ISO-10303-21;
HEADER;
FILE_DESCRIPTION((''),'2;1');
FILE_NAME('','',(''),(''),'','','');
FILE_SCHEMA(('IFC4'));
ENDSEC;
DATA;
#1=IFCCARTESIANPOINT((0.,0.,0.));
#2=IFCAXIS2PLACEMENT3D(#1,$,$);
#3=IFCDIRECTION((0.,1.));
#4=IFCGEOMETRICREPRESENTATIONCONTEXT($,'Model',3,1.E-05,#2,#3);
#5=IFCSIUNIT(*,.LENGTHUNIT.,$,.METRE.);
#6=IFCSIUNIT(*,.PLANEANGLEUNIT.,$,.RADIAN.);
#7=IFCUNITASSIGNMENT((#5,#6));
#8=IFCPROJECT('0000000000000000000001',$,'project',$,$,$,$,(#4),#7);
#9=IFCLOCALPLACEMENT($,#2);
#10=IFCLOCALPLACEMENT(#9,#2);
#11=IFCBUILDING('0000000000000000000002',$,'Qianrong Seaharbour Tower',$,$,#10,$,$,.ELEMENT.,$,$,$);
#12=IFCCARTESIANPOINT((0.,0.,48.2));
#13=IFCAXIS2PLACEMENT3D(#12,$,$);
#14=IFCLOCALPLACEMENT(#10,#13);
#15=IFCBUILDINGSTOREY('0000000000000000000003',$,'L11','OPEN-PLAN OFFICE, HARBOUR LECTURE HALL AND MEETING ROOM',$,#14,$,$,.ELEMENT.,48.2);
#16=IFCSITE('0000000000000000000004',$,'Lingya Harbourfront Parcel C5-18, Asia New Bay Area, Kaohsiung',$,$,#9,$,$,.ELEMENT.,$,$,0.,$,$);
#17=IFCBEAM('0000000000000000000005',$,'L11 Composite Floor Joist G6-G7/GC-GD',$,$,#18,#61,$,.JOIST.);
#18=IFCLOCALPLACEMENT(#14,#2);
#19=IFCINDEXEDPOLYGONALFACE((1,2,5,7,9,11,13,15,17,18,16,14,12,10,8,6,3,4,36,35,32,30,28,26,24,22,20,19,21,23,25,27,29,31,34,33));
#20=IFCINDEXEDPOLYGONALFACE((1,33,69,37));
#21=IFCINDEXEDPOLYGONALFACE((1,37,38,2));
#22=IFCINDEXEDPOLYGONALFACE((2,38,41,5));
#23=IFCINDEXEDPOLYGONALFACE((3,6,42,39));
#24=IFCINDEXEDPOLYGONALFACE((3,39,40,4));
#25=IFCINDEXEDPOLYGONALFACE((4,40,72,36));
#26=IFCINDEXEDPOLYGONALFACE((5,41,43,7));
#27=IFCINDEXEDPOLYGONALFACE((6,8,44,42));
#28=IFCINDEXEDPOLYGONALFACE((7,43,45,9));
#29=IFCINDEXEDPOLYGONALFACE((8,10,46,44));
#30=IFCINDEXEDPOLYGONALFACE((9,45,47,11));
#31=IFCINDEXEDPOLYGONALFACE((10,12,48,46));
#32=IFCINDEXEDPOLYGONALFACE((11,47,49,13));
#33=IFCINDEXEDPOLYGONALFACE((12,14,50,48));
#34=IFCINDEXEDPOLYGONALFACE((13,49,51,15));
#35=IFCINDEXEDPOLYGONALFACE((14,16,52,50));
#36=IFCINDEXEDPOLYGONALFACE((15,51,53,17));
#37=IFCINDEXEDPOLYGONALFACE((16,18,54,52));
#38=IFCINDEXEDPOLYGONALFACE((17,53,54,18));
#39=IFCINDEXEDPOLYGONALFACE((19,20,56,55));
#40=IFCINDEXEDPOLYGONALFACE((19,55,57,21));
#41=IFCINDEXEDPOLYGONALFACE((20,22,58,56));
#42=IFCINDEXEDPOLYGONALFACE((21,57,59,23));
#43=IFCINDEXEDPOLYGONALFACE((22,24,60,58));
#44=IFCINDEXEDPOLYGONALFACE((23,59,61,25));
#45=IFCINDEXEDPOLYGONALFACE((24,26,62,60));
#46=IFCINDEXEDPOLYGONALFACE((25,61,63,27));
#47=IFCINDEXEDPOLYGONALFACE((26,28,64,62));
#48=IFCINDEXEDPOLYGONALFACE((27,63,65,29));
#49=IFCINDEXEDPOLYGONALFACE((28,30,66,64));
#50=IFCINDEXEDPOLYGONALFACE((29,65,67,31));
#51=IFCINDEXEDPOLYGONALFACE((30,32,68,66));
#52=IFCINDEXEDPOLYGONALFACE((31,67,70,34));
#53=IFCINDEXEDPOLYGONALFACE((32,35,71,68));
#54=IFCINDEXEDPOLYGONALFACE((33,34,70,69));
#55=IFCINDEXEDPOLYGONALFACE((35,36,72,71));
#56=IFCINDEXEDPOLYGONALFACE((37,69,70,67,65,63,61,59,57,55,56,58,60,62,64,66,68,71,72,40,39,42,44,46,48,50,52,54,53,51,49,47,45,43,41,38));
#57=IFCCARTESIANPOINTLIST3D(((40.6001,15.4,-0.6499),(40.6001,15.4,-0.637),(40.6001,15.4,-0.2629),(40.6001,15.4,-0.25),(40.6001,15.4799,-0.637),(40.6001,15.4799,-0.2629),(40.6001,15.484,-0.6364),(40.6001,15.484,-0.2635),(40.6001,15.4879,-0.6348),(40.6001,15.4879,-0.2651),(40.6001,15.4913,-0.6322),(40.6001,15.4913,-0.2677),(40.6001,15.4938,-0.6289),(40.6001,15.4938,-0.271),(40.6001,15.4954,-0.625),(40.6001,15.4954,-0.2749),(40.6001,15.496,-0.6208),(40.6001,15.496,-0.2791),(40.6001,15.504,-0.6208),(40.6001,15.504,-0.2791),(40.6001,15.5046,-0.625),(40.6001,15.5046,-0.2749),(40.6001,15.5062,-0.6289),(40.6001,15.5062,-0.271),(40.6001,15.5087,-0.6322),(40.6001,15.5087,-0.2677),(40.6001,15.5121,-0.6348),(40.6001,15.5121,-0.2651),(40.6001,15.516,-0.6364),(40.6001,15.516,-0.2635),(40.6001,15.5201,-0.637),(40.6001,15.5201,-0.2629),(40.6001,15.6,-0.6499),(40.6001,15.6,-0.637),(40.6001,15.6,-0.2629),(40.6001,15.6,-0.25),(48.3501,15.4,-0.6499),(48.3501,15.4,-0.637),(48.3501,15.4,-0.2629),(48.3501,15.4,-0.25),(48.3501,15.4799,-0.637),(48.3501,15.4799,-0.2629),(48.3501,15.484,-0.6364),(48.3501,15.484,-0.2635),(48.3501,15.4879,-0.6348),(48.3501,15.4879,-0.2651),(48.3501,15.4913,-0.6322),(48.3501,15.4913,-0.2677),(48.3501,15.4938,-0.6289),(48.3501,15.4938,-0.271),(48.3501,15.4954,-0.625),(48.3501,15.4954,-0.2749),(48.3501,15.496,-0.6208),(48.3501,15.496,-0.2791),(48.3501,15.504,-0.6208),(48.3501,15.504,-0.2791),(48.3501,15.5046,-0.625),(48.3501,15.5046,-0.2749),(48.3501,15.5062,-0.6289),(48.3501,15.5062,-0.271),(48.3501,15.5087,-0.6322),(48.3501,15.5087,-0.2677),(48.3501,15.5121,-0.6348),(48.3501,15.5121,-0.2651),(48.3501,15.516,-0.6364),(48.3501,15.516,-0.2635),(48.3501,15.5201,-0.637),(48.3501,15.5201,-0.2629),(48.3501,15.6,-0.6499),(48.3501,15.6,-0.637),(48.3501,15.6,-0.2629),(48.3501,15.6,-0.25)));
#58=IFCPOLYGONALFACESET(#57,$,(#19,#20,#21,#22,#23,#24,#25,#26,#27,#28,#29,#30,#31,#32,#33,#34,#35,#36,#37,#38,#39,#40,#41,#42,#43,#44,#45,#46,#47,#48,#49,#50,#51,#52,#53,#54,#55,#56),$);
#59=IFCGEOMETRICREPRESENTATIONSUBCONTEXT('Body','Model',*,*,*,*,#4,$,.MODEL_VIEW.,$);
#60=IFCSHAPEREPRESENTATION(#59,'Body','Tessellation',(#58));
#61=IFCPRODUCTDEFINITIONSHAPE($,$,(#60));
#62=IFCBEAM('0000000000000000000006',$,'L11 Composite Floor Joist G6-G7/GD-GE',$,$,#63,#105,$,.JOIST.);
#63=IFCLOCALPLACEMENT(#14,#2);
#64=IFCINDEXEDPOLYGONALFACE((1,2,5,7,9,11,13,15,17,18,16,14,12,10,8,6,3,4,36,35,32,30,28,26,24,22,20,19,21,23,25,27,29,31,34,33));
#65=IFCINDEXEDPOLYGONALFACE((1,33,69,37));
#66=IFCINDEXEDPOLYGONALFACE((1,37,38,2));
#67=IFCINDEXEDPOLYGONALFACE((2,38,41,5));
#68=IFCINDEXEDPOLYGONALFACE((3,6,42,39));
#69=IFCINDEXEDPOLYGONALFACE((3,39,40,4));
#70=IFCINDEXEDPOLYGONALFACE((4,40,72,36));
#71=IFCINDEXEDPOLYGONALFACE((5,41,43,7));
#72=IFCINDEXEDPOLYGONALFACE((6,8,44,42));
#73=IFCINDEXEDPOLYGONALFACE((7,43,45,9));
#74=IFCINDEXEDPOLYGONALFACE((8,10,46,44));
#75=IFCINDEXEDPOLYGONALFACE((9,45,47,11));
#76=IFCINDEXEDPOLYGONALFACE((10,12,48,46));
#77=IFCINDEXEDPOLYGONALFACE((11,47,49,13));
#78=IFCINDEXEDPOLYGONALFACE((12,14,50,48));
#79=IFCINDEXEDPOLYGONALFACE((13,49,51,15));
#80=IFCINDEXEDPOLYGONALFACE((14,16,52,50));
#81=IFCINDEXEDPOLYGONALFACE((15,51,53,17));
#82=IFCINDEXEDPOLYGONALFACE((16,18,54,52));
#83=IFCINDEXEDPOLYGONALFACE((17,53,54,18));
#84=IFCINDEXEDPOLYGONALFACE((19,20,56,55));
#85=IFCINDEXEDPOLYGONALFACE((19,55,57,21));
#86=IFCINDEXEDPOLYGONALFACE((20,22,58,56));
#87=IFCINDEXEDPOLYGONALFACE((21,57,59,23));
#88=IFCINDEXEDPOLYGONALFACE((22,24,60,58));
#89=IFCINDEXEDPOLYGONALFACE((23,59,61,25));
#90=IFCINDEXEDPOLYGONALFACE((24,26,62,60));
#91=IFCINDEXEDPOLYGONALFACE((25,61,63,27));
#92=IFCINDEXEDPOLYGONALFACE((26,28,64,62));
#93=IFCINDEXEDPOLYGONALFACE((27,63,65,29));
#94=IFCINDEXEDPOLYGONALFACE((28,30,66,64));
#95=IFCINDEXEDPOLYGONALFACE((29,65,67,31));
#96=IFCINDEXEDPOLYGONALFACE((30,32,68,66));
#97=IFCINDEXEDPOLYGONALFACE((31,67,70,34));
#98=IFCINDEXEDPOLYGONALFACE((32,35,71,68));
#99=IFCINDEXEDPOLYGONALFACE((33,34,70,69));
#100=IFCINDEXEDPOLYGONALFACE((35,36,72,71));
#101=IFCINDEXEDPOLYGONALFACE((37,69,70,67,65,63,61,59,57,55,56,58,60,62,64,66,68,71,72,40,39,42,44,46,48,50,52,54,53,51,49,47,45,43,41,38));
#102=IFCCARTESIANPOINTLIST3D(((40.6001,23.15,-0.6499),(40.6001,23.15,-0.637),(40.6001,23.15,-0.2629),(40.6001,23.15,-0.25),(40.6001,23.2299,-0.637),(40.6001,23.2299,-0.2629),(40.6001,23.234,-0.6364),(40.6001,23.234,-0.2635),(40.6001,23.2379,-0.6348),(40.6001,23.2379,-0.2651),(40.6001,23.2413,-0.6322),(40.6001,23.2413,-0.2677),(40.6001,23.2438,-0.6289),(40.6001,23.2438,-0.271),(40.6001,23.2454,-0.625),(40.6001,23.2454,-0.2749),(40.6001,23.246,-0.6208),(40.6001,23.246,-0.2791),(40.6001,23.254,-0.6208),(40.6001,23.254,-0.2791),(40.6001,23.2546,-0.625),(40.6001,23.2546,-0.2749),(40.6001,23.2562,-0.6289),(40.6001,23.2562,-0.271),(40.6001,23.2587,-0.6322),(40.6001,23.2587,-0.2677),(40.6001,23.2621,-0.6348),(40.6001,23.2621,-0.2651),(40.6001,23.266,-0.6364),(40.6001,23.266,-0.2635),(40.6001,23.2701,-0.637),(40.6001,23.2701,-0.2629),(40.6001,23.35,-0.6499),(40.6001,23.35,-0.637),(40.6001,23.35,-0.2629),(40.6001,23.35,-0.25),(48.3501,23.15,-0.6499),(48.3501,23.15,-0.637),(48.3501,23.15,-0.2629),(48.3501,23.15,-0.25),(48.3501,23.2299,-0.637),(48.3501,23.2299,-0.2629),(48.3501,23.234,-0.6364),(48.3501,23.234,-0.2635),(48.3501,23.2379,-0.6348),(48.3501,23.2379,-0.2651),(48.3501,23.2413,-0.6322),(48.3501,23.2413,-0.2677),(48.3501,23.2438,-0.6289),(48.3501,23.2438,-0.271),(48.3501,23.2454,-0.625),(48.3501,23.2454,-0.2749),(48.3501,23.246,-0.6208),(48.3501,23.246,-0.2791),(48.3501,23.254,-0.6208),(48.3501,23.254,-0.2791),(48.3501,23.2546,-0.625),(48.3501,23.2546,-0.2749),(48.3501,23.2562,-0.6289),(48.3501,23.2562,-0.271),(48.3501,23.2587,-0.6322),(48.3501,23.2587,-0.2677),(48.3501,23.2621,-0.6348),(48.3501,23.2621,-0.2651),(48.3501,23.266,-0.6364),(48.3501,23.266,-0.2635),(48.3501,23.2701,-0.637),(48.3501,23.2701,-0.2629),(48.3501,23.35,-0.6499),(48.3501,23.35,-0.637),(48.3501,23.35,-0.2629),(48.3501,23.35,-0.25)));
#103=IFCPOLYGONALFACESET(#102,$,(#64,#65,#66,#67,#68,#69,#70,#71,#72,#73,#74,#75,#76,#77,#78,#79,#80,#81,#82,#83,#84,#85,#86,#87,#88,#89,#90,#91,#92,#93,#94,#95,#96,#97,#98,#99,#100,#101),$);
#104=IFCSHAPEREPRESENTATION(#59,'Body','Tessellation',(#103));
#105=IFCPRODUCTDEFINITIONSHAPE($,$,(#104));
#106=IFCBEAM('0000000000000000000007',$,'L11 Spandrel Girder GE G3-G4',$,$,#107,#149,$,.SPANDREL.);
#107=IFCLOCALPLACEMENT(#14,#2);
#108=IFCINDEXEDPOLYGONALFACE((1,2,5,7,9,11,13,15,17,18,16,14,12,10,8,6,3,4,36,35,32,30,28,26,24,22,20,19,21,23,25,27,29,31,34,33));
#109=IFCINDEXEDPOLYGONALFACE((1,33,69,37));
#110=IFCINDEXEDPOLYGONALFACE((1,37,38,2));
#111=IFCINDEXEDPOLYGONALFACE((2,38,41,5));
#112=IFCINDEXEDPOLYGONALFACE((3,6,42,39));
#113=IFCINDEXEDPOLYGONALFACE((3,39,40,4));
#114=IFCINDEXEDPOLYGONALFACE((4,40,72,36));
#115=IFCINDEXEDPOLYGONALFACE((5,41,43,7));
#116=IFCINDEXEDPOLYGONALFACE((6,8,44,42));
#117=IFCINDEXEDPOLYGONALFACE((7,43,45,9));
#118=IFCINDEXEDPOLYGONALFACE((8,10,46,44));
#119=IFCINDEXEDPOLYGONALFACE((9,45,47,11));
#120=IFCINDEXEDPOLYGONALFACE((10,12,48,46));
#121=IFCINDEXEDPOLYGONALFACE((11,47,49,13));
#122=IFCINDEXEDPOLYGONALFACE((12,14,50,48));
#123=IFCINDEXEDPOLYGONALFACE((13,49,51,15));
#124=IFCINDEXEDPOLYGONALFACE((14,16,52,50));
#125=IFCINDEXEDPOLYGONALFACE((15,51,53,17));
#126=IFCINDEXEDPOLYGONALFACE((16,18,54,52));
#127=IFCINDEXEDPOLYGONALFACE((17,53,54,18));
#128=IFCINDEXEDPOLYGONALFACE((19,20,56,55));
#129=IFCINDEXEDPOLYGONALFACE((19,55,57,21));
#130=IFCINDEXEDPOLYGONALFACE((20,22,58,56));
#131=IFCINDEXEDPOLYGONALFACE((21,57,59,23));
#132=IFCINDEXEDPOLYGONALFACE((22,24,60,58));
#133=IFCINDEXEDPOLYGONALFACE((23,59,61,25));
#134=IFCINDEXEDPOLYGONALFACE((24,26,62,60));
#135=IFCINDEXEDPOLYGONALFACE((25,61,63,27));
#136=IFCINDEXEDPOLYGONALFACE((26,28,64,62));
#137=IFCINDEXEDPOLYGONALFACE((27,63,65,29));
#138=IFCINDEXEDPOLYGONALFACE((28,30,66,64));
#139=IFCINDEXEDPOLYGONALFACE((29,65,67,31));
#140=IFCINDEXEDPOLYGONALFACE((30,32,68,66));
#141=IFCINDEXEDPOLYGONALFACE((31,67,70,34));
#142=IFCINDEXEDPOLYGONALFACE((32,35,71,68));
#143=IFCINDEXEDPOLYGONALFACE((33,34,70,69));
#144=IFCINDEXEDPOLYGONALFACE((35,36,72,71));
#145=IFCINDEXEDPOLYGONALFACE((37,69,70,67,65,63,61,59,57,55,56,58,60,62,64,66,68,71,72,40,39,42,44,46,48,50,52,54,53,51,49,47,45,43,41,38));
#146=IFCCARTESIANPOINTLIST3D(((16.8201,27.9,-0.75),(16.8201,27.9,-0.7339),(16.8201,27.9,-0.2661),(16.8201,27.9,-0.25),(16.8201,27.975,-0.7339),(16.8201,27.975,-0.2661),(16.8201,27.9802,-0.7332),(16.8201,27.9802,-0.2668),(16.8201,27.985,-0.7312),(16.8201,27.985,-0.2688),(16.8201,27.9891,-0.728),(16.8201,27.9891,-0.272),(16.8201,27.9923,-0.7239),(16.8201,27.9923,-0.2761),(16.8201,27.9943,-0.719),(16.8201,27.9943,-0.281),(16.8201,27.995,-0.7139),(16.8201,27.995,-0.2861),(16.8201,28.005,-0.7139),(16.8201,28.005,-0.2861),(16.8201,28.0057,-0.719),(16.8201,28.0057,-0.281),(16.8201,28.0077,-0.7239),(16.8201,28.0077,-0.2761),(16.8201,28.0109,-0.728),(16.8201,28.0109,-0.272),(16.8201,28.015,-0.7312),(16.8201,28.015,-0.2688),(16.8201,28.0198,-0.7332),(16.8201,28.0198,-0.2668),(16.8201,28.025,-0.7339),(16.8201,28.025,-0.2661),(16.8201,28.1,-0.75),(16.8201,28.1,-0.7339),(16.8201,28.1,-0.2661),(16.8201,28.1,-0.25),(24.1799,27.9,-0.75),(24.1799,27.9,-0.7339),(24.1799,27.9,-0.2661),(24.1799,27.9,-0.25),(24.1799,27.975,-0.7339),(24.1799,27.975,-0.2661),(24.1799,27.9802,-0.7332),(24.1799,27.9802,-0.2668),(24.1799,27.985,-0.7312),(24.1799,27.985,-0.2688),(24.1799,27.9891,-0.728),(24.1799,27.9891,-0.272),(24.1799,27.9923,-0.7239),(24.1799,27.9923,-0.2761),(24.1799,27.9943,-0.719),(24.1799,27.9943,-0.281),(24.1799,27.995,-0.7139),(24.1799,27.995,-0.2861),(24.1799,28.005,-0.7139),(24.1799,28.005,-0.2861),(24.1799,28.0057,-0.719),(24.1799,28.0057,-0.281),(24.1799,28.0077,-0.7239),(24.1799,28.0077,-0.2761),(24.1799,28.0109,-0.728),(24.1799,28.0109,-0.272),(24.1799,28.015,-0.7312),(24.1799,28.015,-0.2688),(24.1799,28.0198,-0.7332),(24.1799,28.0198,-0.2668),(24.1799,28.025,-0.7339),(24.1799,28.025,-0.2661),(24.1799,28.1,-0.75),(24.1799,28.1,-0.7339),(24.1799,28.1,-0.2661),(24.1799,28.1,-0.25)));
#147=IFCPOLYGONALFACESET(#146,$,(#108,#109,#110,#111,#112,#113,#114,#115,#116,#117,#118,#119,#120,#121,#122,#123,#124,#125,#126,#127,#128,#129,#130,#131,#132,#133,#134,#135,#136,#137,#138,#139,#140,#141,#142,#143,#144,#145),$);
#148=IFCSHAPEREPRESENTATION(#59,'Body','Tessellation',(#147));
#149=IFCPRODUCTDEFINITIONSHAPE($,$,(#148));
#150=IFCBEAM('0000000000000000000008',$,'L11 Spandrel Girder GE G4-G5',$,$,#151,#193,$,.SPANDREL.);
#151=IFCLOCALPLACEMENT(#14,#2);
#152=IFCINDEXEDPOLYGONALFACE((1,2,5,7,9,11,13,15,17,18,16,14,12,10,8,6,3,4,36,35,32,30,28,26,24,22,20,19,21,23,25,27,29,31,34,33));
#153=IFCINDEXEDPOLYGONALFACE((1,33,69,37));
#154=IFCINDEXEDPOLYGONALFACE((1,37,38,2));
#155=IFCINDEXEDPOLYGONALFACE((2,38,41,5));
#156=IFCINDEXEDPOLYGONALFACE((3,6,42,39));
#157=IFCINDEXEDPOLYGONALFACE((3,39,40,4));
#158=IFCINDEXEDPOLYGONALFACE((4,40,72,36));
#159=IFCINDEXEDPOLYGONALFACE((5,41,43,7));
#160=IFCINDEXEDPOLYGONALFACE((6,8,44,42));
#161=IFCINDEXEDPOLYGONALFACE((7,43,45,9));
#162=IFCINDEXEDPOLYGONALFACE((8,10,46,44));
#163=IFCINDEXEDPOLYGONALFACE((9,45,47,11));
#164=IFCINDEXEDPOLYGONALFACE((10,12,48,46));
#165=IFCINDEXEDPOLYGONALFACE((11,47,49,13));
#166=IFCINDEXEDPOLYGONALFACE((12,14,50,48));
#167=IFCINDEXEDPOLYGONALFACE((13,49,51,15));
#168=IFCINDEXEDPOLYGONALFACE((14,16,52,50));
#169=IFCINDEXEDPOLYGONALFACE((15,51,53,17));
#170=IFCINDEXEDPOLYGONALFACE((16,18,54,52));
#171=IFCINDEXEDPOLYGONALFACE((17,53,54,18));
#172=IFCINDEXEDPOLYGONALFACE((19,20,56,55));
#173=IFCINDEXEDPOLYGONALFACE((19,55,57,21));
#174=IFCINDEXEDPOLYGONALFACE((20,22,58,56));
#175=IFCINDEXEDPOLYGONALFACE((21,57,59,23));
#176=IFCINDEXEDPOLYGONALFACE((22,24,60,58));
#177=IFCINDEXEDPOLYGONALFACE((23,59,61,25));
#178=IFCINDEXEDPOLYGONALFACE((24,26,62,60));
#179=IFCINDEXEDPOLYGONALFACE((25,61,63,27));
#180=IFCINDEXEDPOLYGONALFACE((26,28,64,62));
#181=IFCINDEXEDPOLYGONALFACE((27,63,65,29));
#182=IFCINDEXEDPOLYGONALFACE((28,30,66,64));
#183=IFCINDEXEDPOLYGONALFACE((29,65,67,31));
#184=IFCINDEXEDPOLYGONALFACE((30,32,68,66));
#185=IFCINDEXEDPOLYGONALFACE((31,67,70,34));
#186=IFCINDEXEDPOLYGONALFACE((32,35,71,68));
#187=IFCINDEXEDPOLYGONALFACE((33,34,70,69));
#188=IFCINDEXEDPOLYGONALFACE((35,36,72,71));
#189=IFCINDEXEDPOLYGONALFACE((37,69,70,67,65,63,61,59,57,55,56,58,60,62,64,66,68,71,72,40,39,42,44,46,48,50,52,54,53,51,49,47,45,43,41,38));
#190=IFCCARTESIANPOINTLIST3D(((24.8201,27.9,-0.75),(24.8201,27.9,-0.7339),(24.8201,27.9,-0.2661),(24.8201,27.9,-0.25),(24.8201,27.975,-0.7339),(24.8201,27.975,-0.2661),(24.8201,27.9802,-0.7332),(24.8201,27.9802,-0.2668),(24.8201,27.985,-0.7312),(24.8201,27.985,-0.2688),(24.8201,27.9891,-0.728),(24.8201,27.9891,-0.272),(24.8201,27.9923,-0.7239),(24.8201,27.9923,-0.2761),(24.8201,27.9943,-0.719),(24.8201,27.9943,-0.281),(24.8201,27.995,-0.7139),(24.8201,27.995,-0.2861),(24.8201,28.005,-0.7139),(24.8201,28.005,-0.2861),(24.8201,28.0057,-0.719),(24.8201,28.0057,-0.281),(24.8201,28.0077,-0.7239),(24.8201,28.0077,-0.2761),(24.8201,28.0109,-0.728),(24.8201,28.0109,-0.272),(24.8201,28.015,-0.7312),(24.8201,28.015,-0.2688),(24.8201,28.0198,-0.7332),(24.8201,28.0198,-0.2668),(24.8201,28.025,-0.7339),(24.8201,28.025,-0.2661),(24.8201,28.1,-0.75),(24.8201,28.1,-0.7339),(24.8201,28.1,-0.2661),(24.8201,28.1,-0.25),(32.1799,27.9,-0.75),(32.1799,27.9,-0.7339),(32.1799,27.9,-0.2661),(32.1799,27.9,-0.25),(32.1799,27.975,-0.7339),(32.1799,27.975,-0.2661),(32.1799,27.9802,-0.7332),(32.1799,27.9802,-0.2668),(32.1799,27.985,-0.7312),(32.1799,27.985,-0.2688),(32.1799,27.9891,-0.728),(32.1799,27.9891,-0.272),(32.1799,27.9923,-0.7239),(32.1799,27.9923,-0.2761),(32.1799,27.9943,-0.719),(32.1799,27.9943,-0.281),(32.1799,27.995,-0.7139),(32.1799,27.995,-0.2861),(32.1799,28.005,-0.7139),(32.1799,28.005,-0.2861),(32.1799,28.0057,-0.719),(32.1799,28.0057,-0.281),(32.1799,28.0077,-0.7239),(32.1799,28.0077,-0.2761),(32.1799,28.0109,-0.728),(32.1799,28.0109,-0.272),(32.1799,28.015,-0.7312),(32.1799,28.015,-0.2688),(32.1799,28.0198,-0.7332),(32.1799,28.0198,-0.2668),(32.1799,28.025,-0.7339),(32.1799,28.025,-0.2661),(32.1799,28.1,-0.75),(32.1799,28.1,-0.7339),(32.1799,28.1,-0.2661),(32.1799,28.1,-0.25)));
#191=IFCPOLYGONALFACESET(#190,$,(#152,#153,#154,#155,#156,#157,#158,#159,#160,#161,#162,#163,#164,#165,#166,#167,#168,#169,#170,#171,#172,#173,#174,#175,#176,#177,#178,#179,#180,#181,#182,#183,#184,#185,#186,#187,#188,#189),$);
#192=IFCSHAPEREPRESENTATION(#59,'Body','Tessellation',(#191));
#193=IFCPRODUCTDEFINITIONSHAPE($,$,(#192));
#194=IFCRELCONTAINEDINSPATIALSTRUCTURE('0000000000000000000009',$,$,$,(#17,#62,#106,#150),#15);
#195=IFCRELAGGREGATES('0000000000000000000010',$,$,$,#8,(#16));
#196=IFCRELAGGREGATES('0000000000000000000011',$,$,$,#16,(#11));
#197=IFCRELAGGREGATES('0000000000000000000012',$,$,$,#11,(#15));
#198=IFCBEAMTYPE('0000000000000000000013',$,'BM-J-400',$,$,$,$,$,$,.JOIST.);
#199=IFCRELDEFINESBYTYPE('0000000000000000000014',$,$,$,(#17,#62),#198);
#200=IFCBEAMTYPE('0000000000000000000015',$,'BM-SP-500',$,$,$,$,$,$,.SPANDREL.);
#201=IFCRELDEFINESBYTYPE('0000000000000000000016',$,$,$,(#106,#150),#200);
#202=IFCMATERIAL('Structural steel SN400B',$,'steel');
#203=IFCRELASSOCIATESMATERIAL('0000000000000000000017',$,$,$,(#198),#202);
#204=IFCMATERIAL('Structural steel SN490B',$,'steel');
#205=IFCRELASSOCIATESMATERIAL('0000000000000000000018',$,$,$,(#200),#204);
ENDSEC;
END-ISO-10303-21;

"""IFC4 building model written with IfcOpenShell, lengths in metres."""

from ifc_helpers import new_model, si_unit, direction, frame, origin, origin_2d, place, context, subcontext, project, spatial, i_section, extrude, material, material_profile, profile_set, type_object, element, save


model = new_model("IFC4")

# Units and contexts
model_context = context("Model", 3, precision=1e-05, world=origin(), true_north=direction((0.0, 1.0)))
body_context = subcontext(model_context, "Body", "Model", "MODEL_VIEW")
ifc_project = project(units=[si_unit("LENGTHUNIT", "METRE"), si_unit("PLANEANGLEUNIT", "RADIAN")], contexts=[model_context])

# Site, building, storey
site_placement = place(None, origin())
site = spatial("IfcSite", under=ifc_project, at=site_placement, Name="Lingya Harbourfront Parcel C5-18, Asia New Bay Area, Kaohsiung", CompositionType="ELEMENT", RefElevation=0.0)
building_placement = place(site_placement, origin())
building = spatial("IfcBuilding", under=site, at=building_placement, Name="Qianrong Seaharbour Tower", CompositionType="ELEMENT")
storey_placement = place(building_placement, frame((0.0, 0.0, 48.2)))
storey = spatial("IfcBuildingStorey", under=building, at=storey_placement, Name="L11", Description="OPEN-PLAN OFFICE, HARBOUR LECTURE HALL AND MEETING ROOM", CompositionType="ELEMENT", Elevation=48.2)

# Shared definitions
ifc_material_1 = material(Name="Structural steel SN490B", Category="steel")

# Beams
ifc_material_2 = material(Name="Structural steel SN400B", Category="steel")
ifc_material_profile_1 = material_profile(ifc_material_2, i_section(OverallWidth=0.2, OverallDepth=0.3999, WebThickness=0.0081, FlangeThickness=0.0129, FilletRadius=0.0161, at=origin_2d()), Name="H400x200x8x13")
ifc_profile_set_1 = profile_set([ifc_material_profile_1], Name="Structural steel SN400B")
beam_type_1 = type_object("IfcBeamType", Name="BM-J-400", PredefinedType="JOIST", material=ifc_profile_set_1)
for number, where, z_axis, x_axis, name in (
    (1, (40.6001, 15.5, -0.45), (1.0, 0.0, 0.0), (0.0, 1.0, 0.0), "L11 Composite Floor Joist G6-G7/GC-GD"),
    (2, (40.6001, 23.25, -0.45), (1.0, 0.0, 0.0), (0.0, 1.0, 0.0), "L11 Composite Floor Joist G6-G7/GD-GE"),
):
    element("IfcBeam", number, at=place(storey_placement, frame(where, z_axis=z_axis, x_axis=x_axis)), inside=storey, type_object=beam_type_1, Name=name, PredefinedType="JOIST", context=body_context, shape_type="SweptSolid", body=[
        extrude(i_section(OverallWidth=0.2, OverallDepth=0.3999, WebThickness=0.0081, FlangeThickness=0.0129, FilletRadius=0.0161, at=origin_2d()), origin(), (0.0, 0.0, 1.0), 7.75),
    ])
ifc_material_profile_2 = material_profile(ifc_material_1, i_section(OverallWidth=0.2, OverallDepth=0.5, WebThickness=0.01, FlangeThickness=0.0161, FilletRadius=0.02, at=origin_2d()), Name="H500x200x10x16")
ifc_profile_set_2 = profile_set([ifc_material_profile_2], Name="Structural steel SN490B")
beam_type_2 = type_object("IfcBeamType", Name="BM-SP-500", PredefinedType="SPANDREL", material=ifc_profile_set_2)
for number, where, z_axis, x_axis, name in (
    (3, (16.8201, 28.0, -0.5), (1.0, 0.0, 0.0), (0.0, 1.0, 0.0), "L11 Spandrel Girder GE G3-G4"),
    (4, (24.8201, 28.0, -0.5), (1.0, 0.0, 0.0), (0.0, 1.0, 0.0), "L11 Spandrel Girder GE G4-G5"),
):
    element("IfcBeam", number, at=place(storey_placement, frame(where, z_axis=z_axis, x_axis=x_axis)), inside=storey, type_object=beam_type_2, Name=name, PredefinedType="SPANDREL", context=body_context, shape_type="SweptSolid", body=[
        extrude(i_section(OverallWidth=0.2, OverallDepth=0.5, WebThickness=0.01, FlangeThickness=0.0161, FilletRadius=0.02, at=origin_2d()), origin(), (0.0, 0.0, 1.0), 7.3599),
    ])

save(model, "model.ifc")
